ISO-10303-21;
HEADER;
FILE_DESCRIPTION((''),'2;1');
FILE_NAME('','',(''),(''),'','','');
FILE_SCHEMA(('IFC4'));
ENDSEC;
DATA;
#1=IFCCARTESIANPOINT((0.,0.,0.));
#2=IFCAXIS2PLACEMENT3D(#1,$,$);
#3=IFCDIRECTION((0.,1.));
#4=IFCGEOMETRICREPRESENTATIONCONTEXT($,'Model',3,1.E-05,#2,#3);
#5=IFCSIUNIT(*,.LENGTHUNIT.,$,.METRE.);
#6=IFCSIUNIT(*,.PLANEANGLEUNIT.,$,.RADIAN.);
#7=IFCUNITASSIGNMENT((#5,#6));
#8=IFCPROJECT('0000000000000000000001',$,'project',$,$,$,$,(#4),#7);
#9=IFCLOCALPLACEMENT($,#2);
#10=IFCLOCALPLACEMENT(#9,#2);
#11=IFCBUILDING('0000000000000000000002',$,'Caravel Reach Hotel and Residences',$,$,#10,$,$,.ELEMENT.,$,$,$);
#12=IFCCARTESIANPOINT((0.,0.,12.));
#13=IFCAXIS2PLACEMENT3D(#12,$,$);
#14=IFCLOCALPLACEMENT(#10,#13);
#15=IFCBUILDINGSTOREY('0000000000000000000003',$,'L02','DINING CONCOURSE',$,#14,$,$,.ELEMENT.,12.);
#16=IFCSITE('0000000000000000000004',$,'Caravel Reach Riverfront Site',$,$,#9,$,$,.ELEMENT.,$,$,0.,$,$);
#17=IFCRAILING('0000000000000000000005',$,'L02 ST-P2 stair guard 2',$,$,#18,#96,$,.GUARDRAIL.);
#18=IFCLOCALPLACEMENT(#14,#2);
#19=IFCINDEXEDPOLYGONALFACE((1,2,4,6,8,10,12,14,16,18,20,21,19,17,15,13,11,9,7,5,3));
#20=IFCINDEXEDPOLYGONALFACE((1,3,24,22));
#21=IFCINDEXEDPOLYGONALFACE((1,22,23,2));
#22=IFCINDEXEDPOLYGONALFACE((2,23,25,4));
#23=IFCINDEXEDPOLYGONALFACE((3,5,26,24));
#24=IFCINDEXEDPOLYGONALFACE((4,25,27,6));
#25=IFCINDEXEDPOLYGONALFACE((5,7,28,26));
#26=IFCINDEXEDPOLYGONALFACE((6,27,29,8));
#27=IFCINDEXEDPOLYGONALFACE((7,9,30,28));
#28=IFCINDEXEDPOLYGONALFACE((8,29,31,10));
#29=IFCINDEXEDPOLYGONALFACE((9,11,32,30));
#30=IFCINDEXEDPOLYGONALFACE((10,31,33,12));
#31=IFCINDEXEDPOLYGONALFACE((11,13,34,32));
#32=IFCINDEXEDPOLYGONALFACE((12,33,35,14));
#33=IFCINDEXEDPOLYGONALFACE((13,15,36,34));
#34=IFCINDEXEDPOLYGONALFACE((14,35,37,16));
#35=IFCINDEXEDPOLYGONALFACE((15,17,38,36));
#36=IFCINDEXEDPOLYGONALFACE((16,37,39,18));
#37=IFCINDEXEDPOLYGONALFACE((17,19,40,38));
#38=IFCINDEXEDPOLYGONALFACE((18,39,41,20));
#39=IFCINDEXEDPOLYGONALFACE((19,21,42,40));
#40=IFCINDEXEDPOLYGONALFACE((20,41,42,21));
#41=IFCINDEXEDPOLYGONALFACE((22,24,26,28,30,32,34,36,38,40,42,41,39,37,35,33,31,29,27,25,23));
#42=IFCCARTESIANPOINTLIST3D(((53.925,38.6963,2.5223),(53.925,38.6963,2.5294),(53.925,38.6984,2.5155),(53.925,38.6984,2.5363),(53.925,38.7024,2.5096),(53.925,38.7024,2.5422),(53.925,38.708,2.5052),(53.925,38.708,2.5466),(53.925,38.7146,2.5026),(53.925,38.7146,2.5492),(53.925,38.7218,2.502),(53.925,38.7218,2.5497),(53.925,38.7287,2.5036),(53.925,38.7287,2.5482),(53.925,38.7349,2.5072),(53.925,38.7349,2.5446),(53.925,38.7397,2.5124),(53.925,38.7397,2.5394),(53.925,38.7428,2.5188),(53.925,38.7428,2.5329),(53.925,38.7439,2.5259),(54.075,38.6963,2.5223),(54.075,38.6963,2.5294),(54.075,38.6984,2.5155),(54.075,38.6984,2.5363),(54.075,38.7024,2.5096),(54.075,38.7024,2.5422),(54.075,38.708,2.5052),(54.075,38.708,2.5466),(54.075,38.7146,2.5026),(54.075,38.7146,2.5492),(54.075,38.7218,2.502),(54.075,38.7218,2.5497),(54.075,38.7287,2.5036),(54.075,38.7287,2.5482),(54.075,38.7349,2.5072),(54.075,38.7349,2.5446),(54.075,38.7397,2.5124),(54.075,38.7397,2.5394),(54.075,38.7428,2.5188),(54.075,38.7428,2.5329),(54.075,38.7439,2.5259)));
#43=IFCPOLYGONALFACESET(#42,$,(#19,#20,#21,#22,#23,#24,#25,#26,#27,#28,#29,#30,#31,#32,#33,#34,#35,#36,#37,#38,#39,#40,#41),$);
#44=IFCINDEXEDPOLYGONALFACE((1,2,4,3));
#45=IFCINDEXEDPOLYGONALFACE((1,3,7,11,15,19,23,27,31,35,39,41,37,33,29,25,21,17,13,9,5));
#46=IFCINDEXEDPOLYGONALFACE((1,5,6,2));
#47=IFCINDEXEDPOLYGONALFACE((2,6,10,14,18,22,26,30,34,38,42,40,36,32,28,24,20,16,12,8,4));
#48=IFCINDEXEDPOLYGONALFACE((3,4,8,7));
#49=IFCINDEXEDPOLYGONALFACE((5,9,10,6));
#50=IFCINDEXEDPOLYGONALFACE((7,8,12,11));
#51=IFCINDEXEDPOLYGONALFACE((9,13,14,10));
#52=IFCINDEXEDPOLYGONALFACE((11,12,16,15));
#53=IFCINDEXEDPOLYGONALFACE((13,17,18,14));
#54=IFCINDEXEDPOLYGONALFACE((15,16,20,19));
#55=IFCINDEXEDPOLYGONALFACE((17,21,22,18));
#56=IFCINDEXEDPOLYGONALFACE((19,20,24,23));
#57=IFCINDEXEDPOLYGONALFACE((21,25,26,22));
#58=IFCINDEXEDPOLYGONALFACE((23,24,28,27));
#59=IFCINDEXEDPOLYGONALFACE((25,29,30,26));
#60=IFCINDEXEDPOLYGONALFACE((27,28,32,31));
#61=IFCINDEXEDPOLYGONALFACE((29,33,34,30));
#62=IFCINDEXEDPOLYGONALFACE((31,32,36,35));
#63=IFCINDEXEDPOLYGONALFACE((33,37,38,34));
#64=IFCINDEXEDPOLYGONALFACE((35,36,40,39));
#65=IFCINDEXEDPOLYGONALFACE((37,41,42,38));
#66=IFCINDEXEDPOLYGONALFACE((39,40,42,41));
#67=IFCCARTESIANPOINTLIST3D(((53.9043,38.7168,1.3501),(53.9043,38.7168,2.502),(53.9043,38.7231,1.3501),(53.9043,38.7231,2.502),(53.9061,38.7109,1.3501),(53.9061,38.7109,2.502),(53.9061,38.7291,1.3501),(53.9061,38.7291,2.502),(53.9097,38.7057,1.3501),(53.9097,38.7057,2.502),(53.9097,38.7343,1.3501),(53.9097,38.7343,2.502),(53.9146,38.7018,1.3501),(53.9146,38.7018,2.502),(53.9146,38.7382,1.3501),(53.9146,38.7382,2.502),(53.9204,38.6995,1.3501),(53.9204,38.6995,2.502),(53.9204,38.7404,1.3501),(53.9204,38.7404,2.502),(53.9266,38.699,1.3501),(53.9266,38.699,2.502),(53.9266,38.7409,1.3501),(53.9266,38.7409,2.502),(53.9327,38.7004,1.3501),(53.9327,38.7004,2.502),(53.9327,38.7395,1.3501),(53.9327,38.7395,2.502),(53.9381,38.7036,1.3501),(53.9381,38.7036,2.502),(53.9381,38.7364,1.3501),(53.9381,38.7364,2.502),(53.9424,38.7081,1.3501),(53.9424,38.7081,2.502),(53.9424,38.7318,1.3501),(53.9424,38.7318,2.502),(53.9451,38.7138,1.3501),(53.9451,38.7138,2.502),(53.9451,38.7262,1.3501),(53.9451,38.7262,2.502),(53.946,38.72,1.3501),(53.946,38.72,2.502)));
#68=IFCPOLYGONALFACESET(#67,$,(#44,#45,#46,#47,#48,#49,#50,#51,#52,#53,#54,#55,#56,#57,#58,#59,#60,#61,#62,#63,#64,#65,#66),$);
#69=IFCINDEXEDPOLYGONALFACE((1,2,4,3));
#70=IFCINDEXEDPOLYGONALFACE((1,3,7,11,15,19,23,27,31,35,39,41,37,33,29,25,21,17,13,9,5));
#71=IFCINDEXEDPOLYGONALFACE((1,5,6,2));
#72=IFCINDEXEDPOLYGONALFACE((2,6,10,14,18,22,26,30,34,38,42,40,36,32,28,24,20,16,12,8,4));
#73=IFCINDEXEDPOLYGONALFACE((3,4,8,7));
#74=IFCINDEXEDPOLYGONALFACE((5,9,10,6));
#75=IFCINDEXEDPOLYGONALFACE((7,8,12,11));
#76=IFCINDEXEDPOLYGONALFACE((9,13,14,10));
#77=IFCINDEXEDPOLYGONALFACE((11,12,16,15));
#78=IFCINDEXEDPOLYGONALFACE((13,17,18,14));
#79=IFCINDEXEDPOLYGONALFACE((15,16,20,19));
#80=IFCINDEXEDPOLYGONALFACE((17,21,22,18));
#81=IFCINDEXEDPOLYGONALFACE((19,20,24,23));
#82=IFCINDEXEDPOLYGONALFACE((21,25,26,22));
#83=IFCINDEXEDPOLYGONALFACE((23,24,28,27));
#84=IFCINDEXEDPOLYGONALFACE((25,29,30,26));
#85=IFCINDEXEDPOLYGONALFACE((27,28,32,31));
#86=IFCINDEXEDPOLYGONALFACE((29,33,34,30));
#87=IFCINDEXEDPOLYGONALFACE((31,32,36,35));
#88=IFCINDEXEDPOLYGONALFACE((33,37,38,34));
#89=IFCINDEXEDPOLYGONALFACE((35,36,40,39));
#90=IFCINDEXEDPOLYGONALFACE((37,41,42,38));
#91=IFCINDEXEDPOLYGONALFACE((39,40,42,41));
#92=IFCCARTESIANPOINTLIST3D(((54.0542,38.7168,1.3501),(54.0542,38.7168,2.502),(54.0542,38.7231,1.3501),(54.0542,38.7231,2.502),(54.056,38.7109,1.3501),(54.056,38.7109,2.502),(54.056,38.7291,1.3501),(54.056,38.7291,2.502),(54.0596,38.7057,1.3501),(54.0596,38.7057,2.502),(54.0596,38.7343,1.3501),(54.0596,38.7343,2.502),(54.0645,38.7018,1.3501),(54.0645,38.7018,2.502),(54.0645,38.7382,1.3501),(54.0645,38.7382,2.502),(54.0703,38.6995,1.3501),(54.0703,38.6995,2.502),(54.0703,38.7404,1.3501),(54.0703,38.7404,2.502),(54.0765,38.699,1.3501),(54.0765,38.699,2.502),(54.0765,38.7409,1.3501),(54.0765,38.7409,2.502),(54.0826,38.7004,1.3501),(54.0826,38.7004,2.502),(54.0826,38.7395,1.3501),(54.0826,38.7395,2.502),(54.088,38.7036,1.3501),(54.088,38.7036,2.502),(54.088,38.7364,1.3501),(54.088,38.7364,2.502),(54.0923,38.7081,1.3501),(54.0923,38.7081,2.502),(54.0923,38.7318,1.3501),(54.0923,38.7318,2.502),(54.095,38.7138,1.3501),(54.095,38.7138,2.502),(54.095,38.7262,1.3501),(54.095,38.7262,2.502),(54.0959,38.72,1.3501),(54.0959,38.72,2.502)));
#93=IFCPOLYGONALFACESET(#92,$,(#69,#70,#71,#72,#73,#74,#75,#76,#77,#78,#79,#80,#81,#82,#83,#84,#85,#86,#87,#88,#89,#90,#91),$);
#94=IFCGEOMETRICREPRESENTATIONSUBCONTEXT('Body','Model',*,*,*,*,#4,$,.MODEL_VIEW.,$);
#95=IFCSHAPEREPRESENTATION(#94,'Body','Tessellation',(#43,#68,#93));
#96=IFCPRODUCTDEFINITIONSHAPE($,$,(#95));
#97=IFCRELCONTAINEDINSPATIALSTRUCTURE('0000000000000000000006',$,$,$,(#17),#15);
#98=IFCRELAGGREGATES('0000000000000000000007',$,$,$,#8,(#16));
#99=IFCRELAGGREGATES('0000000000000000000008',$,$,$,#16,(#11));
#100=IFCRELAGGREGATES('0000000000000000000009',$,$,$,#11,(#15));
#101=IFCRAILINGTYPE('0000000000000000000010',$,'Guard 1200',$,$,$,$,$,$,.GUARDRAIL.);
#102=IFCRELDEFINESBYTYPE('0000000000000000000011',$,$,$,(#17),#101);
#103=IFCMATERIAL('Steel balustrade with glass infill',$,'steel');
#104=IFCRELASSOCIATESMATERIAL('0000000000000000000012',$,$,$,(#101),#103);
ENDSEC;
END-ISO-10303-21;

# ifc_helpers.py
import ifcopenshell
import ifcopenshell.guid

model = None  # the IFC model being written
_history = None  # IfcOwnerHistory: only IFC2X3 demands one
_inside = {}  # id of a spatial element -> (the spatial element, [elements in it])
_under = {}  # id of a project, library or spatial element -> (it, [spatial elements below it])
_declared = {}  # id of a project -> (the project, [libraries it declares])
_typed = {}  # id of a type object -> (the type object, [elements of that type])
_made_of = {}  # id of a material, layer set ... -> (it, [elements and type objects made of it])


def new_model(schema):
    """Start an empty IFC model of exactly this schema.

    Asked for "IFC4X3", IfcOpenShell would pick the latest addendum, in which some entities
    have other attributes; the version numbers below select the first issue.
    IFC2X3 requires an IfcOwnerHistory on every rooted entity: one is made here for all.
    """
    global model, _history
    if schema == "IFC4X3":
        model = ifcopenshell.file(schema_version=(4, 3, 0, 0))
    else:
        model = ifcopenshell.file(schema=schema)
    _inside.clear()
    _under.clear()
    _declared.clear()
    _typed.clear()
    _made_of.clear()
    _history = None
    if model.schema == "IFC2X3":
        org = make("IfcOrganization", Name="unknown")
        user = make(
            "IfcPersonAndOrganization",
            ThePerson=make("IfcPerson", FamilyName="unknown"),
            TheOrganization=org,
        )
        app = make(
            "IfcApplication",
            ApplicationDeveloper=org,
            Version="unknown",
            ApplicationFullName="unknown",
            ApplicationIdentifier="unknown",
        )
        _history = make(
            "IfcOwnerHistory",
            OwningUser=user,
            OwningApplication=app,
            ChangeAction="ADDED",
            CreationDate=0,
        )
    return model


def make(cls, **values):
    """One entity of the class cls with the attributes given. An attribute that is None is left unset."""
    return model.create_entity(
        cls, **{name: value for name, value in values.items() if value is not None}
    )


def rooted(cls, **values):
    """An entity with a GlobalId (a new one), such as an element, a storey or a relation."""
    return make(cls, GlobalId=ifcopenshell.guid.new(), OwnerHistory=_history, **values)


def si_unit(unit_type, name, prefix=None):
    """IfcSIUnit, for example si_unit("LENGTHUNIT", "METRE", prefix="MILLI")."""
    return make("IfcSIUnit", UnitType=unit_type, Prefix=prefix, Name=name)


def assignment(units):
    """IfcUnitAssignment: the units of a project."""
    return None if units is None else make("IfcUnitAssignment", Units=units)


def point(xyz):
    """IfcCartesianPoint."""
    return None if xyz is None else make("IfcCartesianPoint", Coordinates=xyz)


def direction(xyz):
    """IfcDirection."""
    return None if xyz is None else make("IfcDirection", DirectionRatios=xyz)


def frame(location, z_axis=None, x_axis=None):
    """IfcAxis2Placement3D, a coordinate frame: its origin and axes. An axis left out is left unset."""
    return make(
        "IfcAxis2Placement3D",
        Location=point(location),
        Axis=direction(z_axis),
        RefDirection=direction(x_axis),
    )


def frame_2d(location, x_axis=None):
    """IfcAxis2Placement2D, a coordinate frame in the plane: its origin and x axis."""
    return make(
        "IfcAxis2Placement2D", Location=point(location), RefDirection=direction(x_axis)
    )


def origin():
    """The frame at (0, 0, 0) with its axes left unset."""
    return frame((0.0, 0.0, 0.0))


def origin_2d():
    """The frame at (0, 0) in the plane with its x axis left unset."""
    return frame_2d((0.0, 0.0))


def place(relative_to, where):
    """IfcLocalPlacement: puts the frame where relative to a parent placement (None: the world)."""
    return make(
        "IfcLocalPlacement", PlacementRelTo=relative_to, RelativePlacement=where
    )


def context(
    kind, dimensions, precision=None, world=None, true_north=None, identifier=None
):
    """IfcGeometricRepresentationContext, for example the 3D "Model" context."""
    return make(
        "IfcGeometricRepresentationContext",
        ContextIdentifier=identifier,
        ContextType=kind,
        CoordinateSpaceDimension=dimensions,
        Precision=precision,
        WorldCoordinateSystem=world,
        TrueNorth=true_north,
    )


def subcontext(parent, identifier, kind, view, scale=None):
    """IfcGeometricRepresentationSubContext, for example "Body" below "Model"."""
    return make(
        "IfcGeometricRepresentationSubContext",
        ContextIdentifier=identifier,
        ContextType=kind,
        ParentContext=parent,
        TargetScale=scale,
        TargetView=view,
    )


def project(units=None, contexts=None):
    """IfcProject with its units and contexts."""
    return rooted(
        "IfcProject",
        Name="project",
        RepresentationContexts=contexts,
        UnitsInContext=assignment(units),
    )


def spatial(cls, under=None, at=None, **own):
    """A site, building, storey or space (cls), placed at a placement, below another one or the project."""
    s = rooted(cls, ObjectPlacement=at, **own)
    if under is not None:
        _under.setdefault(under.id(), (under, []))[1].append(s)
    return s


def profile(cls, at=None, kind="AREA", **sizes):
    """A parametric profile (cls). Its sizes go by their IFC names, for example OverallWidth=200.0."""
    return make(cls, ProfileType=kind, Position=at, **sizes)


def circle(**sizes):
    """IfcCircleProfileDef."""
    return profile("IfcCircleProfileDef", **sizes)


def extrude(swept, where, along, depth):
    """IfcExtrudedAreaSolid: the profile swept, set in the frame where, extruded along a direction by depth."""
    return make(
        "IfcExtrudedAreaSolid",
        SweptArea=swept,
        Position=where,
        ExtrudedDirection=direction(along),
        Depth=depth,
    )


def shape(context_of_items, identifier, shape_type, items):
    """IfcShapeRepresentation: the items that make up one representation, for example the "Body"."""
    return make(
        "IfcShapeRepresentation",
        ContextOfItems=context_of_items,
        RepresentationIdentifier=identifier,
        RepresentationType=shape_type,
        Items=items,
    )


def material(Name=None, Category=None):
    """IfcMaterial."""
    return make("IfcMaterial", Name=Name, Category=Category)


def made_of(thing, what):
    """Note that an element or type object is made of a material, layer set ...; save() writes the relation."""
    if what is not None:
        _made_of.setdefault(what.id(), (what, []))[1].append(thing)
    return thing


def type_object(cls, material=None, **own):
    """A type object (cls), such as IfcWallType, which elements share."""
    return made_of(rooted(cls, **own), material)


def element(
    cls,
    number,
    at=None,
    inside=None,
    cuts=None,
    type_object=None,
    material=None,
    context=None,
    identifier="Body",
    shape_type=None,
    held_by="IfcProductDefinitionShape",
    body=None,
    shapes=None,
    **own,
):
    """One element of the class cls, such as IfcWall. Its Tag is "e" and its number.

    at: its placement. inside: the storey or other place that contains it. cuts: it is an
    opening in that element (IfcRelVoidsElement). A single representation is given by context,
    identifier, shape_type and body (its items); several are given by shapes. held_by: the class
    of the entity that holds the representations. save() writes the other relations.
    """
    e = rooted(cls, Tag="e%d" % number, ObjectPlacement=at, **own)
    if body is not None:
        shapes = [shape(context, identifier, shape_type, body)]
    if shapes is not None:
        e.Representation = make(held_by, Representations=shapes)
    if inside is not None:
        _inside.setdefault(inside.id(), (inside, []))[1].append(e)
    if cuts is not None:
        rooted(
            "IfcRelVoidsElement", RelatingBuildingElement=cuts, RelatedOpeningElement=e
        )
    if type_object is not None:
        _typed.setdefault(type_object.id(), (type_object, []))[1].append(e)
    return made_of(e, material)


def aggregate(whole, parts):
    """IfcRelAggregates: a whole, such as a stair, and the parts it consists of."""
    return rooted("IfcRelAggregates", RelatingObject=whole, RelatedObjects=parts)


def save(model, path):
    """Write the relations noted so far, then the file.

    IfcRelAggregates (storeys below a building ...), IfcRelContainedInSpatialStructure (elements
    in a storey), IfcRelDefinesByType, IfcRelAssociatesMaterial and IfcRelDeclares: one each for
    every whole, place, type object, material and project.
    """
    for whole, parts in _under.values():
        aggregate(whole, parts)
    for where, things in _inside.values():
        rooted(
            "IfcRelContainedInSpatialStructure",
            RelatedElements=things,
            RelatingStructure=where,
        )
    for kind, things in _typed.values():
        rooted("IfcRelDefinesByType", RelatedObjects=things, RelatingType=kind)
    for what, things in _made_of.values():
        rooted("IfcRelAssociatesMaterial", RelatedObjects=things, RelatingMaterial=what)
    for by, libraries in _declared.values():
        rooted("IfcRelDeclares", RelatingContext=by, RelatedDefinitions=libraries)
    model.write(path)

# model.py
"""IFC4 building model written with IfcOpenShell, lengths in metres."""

from ifc_helpers import new_model, si_unit, direction, frame, origin, origin_2d, place, context, subcontext, project, spatial, circle, extrude, material, type_object, element, save


model = new_model("IFC4")

# Units and contexts
model_context = context("Model", 3, precision=1e-05, world=origin(), true_north=direction((0.0, 1.0)))
body_context = subcontext(model_context, "Body", "Model", "MODEL_VIEW")
ifc_project = project(units=[si_unit("LENGTHUNIT", "METRE"), si_unit("PLANEANGLEUNIT", "RADIAN")], contexts=[model_context])

# Site, building, storey
site_placement = place(None, origin())
site = spatial("IfcSite", under=ifc_project, at=site_placement, Name="Caravel Reach Riverfront Site", CompositionType="ELEMENT", RefElevation=0.0)
building_placement = place(site_placement, origin())
building = spatial("IfcBuilding", under=site, at=building_placement, Name="Caravel Reach Hotel and Residences", CompositionType="ELEMENT")
storey_placement = place(building_placement, frame((0.0, 0.0, 12.0)))
storey = spatial("IfcBuildingStorey", under=building, at=storey_placement, Name="L02", Description="DINING CONCOURSE", CompositionType="ELEMENT", Elevation=12.0)

# Railing
ifc_material_1 = material(Name="Steel balustrade with glass infill", Category="steel")
railing_type_1 = type_object("IfcRailingType", Name="Guard 1200", PredefinedType="GUARDRAIL", material=ifc_material_1)
railing_1_placement = place(storey_placement, frame((53.925, 38.72, 1.3501)))
element("IfcRailing", 1, at=railing_1_placement, inside=storey, type_object=railing_type_1, Name="L02 ST-P2 stair guard 2", PredefinedType="GUARDRAIL", context=body_context, shape_type="SweptSolid", body=[
    extrude(circle(Radius=0.0239, at=origin_2d()), frame((0.0, 0.0, 1.1758), z_axis=(1.0, 0.0, 0.0), x_axis=(0.0, 1.0, 0.0)), (0.0, 0.0, 1.0), 0.1499),
    extrude(circle(Radius=0.021, at=origin_2d()), origin(), (0.0, 0.0, 1.0), 1.1519),
    extrude(circle(Radius=0.021, at=origin_2d()), frame((0.1499, 0.0, 0.0)), (0.0, 0.0, 1.0), 1.1519),
])

save(model, "model.ifc")
